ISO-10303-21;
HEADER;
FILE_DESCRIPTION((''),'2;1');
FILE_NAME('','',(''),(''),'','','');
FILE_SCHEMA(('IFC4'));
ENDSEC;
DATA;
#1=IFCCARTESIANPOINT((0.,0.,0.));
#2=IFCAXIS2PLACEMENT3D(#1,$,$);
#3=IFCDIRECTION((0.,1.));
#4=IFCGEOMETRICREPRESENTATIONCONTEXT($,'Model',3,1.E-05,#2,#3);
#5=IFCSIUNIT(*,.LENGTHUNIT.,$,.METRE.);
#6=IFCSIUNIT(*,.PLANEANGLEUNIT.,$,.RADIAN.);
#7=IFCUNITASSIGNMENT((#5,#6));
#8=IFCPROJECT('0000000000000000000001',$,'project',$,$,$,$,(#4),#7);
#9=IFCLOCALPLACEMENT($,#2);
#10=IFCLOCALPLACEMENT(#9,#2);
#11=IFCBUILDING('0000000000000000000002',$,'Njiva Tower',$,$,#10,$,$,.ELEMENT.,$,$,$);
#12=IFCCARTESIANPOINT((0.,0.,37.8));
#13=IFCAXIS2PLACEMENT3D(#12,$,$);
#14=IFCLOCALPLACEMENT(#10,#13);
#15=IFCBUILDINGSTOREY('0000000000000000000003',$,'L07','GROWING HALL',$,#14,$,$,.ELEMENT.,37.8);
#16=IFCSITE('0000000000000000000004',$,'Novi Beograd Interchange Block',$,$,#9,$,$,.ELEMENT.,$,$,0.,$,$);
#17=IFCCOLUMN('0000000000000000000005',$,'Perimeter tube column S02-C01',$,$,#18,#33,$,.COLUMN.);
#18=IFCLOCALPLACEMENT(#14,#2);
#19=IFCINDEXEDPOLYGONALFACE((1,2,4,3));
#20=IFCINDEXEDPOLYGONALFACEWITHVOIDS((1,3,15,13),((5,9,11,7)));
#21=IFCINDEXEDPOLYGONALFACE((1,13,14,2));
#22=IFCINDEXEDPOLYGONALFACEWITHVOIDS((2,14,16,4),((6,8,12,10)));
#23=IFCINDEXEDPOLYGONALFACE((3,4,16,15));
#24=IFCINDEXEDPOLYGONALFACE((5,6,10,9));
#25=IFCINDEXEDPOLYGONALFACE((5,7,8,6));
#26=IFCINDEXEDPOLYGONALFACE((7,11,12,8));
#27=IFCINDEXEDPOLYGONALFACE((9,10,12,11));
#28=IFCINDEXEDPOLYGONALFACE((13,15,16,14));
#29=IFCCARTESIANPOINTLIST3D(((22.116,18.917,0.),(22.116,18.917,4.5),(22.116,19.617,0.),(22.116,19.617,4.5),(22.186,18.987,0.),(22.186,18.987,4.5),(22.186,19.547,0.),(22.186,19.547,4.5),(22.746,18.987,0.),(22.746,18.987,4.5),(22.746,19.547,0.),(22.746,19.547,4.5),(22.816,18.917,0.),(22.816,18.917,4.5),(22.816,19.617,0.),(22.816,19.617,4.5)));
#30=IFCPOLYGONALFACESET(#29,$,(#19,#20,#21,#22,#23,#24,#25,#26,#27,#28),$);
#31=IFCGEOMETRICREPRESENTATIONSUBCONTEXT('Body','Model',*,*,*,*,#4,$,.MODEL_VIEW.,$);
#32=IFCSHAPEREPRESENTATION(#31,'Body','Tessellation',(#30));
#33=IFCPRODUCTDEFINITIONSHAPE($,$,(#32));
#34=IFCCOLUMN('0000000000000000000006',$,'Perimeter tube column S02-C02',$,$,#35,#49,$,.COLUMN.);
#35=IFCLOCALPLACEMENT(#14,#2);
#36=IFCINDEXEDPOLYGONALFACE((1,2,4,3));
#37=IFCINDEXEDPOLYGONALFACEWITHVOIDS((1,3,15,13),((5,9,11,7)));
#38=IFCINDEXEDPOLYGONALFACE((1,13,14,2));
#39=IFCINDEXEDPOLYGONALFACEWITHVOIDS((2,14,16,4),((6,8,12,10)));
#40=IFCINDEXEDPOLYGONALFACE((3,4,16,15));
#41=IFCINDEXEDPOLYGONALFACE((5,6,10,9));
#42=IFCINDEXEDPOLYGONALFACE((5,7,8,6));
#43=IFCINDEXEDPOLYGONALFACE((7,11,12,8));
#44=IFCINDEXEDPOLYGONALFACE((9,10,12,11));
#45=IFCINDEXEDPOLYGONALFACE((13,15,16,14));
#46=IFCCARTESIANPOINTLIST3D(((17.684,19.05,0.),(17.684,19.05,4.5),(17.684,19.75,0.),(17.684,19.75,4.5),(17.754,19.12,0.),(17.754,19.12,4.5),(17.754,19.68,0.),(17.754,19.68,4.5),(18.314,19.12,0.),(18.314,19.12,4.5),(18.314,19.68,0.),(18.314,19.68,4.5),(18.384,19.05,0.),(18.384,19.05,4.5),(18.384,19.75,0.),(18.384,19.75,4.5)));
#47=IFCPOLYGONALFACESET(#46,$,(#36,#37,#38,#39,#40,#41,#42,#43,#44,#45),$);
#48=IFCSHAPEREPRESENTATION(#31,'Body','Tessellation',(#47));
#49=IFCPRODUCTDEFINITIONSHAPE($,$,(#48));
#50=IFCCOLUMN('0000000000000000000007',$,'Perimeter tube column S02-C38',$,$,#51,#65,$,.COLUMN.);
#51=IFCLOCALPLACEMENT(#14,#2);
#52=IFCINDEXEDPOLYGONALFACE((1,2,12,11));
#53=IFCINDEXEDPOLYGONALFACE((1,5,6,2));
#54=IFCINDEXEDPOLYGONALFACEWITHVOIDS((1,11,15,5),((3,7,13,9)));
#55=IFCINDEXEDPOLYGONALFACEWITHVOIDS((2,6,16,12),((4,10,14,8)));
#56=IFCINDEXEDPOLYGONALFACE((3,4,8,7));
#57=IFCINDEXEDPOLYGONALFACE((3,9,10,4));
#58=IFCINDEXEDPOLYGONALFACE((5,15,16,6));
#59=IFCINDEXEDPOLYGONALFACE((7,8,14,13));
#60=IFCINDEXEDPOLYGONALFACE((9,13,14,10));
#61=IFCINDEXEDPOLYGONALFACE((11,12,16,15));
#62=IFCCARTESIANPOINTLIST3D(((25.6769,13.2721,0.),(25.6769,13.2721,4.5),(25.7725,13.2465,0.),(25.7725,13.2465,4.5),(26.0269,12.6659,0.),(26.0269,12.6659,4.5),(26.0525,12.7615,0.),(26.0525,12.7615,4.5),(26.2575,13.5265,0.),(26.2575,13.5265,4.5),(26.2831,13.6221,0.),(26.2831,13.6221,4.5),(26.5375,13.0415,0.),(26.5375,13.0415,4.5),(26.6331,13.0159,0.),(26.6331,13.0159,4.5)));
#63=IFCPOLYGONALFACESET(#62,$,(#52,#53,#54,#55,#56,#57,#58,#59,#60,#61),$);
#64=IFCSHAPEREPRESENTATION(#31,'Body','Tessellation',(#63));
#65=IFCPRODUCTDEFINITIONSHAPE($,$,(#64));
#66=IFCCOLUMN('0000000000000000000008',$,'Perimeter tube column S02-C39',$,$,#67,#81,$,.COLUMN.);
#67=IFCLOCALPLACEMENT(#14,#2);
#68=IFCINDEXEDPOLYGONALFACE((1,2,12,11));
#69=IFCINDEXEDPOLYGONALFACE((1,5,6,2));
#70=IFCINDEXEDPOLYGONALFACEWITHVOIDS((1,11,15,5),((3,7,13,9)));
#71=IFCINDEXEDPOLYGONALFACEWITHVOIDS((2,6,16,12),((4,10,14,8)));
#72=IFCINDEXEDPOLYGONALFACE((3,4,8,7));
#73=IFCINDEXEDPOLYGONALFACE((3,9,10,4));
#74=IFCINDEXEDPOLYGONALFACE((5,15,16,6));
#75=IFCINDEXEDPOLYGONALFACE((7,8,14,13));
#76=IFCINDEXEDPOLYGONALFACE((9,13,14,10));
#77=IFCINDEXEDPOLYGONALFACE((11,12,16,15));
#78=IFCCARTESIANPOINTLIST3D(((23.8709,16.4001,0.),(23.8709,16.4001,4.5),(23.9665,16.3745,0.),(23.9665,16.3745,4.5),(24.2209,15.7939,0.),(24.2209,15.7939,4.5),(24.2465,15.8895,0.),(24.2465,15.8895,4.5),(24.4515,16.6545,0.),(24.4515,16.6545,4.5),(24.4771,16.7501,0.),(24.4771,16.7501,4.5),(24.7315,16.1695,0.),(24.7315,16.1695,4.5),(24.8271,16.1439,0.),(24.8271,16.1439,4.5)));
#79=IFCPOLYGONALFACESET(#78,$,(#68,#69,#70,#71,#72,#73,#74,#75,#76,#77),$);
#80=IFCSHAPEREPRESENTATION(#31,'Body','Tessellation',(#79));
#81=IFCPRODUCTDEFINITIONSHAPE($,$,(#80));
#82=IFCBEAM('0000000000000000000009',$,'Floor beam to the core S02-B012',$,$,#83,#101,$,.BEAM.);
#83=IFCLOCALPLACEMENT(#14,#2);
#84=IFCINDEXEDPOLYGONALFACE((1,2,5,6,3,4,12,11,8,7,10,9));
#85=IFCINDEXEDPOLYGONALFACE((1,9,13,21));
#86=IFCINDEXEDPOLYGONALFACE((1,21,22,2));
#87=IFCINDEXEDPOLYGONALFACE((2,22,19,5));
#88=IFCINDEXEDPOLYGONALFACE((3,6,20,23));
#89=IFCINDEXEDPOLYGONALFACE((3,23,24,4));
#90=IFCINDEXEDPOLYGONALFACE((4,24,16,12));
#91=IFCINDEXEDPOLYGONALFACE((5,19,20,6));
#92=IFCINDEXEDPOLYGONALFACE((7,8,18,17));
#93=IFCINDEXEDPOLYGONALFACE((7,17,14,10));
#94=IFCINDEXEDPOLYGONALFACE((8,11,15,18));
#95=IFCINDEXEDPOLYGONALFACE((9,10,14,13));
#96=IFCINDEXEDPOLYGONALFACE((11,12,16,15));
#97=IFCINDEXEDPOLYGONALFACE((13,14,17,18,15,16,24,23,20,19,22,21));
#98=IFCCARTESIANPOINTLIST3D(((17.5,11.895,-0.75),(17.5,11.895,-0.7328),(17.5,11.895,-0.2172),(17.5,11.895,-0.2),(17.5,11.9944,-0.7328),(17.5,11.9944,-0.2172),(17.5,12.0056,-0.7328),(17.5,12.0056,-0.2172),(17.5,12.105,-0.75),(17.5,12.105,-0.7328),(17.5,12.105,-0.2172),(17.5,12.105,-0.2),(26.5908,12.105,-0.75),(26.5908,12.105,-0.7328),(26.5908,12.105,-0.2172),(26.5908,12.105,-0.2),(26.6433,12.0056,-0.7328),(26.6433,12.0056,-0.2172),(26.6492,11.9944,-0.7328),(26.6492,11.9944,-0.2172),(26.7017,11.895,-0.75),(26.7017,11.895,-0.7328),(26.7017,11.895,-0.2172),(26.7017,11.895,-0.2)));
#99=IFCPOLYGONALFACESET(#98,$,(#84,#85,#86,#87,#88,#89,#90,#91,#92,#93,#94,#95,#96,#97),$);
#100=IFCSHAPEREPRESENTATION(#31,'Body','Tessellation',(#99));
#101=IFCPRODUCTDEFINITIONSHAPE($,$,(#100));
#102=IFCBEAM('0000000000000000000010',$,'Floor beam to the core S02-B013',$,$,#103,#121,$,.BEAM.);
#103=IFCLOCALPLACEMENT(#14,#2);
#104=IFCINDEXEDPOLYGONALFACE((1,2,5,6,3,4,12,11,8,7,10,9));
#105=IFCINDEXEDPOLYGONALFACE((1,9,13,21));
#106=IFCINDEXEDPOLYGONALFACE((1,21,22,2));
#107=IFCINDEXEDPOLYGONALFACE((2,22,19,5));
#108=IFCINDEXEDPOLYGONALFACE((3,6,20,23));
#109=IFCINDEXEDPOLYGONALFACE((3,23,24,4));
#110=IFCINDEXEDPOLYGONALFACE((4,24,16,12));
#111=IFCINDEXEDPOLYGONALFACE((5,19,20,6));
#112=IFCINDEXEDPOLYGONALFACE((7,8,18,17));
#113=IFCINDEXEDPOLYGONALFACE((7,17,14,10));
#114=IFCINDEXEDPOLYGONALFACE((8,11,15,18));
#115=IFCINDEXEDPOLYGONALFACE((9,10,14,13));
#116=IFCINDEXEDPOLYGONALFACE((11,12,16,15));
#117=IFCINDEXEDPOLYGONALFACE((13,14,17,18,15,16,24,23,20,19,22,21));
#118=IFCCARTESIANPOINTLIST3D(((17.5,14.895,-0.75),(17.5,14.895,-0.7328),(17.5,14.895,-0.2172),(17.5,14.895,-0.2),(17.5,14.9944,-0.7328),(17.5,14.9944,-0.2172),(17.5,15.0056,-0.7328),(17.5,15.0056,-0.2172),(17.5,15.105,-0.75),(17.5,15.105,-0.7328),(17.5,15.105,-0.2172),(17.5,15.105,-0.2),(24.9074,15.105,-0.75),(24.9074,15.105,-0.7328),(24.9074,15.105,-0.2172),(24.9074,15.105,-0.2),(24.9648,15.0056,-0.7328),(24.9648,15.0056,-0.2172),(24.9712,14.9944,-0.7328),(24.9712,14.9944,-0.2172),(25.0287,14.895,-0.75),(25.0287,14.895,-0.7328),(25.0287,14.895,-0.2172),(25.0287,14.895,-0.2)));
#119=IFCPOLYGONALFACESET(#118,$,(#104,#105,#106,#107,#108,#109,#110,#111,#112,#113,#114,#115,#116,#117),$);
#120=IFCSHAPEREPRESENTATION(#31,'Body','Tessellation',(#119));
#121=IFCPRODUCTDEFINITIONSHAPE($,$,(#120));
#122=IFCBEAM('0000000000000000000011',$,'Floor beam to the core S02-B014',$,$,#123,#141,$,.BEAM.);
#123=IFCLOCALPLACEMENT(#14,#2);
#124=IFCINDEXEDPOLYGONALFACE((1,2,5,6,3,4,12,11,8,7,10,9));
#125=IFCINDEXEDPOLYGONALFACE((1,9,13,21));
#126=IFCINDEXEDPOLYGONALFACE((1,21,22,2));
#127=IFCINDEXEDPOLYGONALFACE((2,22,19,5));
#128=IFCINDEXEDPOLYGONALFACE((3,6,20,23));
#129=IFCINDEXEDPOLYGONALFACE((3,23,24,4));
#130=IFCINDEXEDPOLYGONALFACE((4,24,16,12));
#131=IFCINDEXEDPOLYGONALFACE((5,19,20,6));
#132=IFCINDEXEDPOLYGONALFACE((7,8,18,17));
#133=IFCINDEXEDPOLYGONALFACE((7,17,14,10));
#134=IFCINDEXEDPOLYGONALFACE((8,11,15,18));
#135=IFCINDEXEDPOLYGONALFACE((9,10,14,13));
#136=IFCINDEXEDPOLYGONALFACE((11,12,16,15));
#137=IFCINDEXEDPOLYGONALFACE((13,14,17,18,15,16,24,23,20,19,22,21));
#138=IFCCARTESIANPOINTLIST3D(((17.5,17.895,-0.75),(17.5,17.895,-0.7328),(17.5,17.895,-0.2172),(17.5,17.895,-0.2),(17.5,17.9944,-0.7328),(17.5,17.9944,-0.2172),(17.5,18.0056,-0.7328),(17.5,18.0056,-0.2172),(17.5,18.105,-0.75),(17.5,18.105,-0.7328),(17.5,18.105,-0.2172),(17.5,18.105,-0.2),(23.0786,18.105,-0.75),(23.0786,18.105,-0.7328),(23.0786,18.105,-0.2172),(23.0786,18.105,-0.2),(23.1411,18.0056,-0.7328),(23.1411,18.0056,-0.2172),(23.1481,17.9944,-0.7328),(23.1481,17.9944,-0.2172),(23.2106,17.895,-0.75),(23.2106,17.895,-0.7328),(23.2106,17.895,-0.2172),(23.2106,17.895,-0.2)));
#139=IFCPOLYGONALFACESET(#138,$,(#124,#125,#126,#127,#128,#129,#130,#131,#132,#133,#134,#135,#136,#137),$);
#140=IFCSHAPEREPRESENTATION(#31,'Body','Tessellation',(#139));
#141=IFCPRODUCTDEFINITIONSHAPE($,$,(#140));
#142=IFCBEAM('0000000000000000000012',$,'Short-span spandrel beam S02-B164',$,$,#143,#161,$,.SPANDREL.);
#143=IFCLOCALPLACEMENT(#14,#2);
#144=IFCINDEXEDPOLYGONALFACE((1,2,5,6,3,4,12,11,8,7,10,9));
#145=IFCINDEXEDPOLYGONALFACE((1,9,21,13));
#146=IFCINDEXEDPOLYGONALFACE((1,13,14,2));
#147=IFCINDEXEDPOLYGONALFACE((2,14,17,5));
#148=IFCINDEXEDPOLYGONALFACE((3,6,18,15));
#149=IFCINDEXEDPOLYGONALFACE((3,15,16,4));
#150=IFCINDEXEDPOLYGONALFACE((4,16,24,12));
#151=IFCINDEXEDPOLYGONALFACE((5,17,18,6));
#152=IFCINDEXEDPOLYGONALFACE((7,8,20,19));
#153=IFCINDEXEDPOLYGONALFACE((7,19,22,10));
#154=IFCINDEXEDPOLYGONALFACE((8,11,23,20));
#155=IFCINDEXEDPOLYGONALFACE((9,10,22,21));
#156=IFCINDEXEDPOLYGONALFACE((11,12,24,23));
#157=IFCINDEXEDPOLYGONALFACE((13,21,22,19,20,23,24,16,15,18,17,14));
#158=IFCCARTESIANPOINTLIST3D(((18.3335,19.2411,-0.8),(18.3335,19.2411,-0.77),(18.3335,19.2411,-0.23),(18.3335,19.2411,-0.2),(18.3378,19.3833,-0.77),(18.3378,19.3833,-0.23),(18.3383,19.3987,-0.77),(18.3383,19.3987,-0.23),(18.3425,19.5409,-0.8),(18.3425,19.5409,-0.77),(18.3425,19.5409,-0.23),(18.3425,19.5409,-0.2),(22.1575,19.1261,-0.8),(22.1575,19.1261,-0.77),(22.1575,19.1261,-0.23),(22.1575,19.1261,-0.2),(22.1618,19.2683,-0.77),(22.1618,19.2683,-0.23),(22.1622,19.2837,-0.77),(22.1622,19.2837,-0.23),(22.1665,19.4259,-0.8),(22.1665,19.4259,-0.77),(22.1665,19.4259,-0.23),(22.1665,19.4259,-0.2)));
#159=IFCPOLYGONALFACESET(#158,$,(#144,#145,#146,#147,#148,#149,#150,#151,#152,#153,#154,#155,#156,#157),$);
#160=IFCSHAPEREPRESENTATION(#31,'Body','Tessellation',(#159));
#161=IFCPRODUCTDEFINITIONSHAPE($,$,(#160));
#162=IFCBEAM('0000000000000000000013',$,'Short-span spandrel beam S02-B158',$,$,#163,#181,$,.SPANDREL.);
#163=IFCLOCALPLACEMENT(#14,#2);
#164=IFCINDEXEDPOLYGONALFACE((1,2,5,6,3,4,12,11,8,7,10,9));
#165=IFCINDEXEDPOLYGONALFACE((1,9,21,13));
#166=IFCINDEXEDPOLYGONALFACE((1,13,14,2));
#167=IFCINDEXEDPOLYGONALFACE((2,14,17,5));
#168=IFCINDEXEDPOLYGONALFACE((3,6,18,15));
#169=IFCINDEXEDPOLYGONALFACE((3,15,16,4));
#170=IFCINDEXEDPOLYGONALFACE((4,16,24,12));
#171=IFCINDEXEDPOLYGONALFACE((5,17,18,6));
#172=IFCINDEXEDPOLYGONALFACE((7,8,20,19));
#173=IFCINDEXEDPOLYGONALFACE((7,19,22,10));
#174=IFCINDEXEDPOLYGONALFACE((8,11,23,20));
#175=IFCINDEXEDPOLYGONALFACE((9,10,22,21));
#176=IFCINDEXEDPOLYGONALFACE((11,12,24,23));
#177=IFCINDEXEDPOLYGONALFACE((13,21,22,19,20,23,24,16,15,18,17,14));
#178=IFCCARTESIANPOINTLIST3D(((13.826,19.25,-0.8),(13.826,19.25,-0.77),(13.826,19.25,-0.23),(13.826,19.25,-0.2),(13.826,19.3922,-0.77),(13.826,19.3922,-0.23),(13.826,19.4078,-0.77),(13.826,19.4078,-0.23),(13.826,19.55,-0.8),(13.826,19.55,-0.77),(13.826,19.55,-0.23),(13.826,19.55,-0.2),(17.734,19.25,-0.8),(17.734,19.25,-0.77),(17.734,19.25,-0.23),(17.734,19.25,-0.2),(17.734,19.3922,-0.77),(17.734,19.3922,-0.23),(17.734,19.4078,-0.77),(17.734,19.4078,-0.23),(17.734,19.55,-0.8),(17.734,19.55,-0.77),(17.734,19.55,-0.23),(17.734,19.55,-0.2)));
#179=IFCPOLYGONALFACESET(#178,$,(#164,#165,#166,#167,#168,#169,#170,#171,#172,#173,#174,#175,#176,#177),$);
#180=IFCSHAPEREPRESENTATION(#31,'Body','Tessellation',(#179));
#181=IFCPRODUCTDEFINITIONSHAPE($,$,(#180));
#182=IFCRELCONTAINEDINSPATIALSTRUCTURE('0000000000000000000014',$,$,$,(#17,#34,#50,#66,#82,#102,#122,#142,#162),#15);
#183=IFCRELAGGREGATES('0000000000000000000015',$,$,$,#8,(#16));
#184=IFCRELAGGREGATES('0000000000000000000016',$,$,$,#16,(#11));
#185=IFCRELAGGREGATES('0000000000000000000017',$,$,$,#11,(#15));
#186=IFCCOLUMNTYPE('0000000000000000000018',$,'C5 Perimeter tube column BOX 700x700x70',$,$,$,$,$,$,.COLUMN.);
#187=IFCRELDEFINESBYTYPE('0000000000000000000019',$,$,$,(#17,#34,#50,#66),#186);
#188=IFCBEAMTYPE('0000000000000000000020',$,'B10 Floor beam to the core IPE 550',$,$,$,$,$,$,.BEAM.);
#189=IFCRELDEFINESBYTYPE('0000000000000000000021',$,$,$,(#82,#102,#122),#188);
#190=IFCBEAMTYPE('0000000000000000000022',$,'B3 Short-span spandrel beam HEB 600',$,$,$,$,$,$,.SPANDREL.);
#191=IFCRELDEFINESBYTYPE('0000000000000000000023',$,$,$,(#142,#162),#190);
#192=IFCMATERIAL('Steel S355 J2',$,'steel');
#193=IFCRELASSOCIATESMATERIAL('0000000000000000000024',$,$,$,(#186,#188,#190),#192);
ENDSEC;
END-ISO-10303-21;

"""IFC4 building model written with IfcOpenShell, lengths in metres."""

from ifc_helpers import new_model, si_unit, direction, frame, origin, origin_2d, place, context, subcontext, project, spatial, hollow_rectangle, i_section, extrude, clip, halfspace, material, material_profile, profile_set, type_object, element, save


model = new_model("IFC4")

# Units and contexts
model_context = context("Model", 3, precision=1e-05, world=origin(), true_north=direction((0.0, 1.0)))
body_context = subcontext(model_context, "Body", "Model", "MODEL_VIEW")
ifc_project = project(units=[si_unit("LENGTHUNIT", "METRE"), si_unit("PLANEANGLEUNIT", "RADIAN")], contexts=[model_context])

# Site, building, storey
site_placement = place(None, origin())
site = spatial("IfcSite", under=ifc_project, at=site_placement, Name="Novi Beograd Interchange Block", CompositionType="ELEMENT", RefElevation=0.0)
building_placement = place(site_placement, origin())
building = spatial("IfcBuilding", under=site, at=building_placement, Name="Njiva Tower", CompositionType="ELEMENT")
storey_placement = place(building_placement, frame((0.0, 0.0, 37.8)))
storey = spatial("IfcBuildingStorey", under=building, at=storey_placement, Name="L07", Description="GROWING HALL", CompositionType="ELEMENT", Elevation=37.8)

# Columns
ifc_material_1 = material(Name="Steel S355 J2", Category="steel")
ifc_material_profile_1 = material_profile(ifc_material_1, hollow_rectangle(XDim=0.7, YDim=0.7, WallThickness=0.07, at=origin_2d()), Name="BOX 700x700x70")
ifc_profile_set_1 = profile_set([ifc_material_profile_1], Name="Steel S355 J2")
column_type = type_object("IfcColumnType", Name="C5 Perimeter tube column BOX 700x700x70", PredefinedType="COLUMN", material=ifc_profile_set_1)
for number, where, z_axis, x_axis, name in (
    (1, (22.466, 19.267, 0.0), (0.0, 0.0, 1.0), (-1.0, 0.0, 0.0), "Perimeter tube column S02-C01"),
    (2, (18.034, 19.4, 0.0), (0.0, 0.0, 1.0), (-1.0, 0.0, 0.0), "Perimeter tube column S02-C02"),
    (3, (26.155, 13.144, 0.0), (0.0, 0.0, 1.0), (-0.5, 0.866025, 0.0), "Perimeter tube column S02-C38"),
    (4, (24.349, 16.272, 0.0), (0.0, 0.0, 1.0), (-0.5, 0.866025, 0.0), "Perimeter tube column S02-C39"),
):
    element("IfcColumn", number, at=place(storey_placement, frame(where, z_axis=z_axis, x_axis=x_axis)), inside=storey, type_object=column_type, Name=name, PredefinedType="COLUMN", context=body_context, shape_type="SweptSolid", body=[
        extrude(hollow_rectangle(XDim=0.7, YDim=0.7, WallThickness=0.07, at=origin_2d()), origin(), (0.0, 0.0, 1.0), 4.5),
    ])

# Beams
ifc_material_profile_2 = material_profile(ifc_material_1, i_section(OverallWidth=0.21, OverallDepth=0.55, WebThickness=0.0111, FlangeThickness=0.0172, at=origin_2d()), Name="IPE 550")
ifc_profile_set_2 = profile_set([ifc_material_profile_2], Name="Steel S355 J2")
beam_type_1 = type_object("IfcBeamType", Name="B10 Floor beam to the core IPE 550", PredefinedType="BEAM", material=ifc_profile_set_2)
beam_1_placement = place(storey_placement, frame((17.5, 12.0, -0.475), z_axis=(1.0, 0.0, 0.0), x_axis=(0.0, 1.0, 0.0)))
element("IfcBeam", 5, at=beam_1_placement, inside=storey, type_object=beam_type_1, Name="Floor beam to the core S02-B012", PredefinedType="BEAM", context=body_context, shape_type="Clipping", body=[
    clip(extrude(i_section(OverallWidth=0.21, OverallDepth=0.55, WebThickness=0.0111, FlangeThickness=0.0172, at=origin_2d()), origin(), (0.0, 0.0, 1.0), 9.221), halfspace(frame((0.0234, 0.0, 9.1339), z_axis=(0.467062, 0.0, 0.884224), x_axis=(0.0, 1.0, 0.0)), False)),
])
beam_2_placement = place(storey_placement, frame((17.5, 15.0, -0.475), z_axis=(1.0, 0.0, 0.0), x_axis=(0.0, 1.0, 0.0)))
element("IfcBeam", 6, at=beam_2_placement, inside=storey, type_object=beam_type_1, Name="Floor beam to the core S02-B013", PredefinedType="BEAM", context=body_context, shape_type="Clipping", body=[
    clip(extrude(i_section(OverallWidth=0.21, OverallDepth=0.55, WebThickness=0.0111, FlangeThickness=0.0172, at=origin_2d()), origin(), (0.0, 0.0, 1.0), 7.549), halfspace(frame((0.025, 0.0, 7.4536), z_axis=(0.499998, 0.0, 0.866027), x_axis=(0.0, 1.0, 0.0)), False)),
])
beam_3_placement = place(storey_placement, frame((17.5, 18.0, -0.475), z_axis=(1.0, 0.0, 0.0), x_axis=(0.0, 1.0, 0.0)))
element("IfcBeam", 7, at=beam_3_placement, inside=storey, type_object=beam_type_1, Name="Floor beam to the core S02-B014", PredefinedType="BEAM", context=body_context, shape_type="Clipping", body=[
    clip(extrude(i_section(OverallWidth=0.21, OverallDepth=0.55, WebThickness=0.0111, FlangeThickness=0.0172, at=origin_2d()), origin(), (0.0, 0.0, 1.0), 5.731), halfspace(frame((0.0266, 0.0, 5.6279), z_axis=(0.53223, 0.0, 0.8466), x_axis=(0.0, 1.0, 0.0)), False)),
])
ifc_material_profile_3 = material_profile(ifc_material_1, i_section(OverallWidth=0.3, OverallDepth=0.6, WebThickness=0.0155, FlangeThickness=0.03, at=origin_2d()), Name="HEB 600")
ifc_profile_set_3 = profile_set([ifc_material_profile_3], Name="Steel S355 J2")
beam_type_2 = type_object("IfcBeamType", Name="B3 Short-span spandrel beam HEB 600", PredefinedType="SPANDREL", material=ifc_profile_set_3)
beam_4_placement = place(storey_placement, frame((22.162, 19.276, -0.5), z_axis=(-0.999548, 0.03006, 0.0), x_axis=(-0.03006, -0.999548, 0.0)))
element("IfcBeam", 8, at=beam_4_placement, inside=storey, type_object=beam_type_2, Name="Short-span spandrel beam S02-B164", PredefinedType="SPANDREL", context=body_context, shape_type="SweptSolid", body=[
    extrude(i_section(OverallWidth=0.3, OverallDepth=0.6, WebThickness=0.0155, FlangeThickness=0.03, at=origin_2d()), origin(), (0.0, 0.0, 1.0), 3.8257),
])
beam_5_placement = place(storey_placement, frame((17.734, 19.4, -0.5), z_axis=(-1.0, 0.0, 0.0), x_axis=(0.0, -1.0, 0.0)))
element("IfcBeam", 9, at=beam_5_placement, inside=storey, type_object=beam_type_2, Name="Short-span spandrel beam S02-B158", PredefinedType="SPANDREL", context=body_context, shape_type="SweptSolid", body=[
    extrude(i_section(OverallWidth=0.3, OverallDepth=0.6, WebThickness=0.0155, FlangeThickness=0.03, at=origin_2d()), origin(), (0.0, 0.0, 1.0), 3.908),
])

save(model, "model.ifc")
